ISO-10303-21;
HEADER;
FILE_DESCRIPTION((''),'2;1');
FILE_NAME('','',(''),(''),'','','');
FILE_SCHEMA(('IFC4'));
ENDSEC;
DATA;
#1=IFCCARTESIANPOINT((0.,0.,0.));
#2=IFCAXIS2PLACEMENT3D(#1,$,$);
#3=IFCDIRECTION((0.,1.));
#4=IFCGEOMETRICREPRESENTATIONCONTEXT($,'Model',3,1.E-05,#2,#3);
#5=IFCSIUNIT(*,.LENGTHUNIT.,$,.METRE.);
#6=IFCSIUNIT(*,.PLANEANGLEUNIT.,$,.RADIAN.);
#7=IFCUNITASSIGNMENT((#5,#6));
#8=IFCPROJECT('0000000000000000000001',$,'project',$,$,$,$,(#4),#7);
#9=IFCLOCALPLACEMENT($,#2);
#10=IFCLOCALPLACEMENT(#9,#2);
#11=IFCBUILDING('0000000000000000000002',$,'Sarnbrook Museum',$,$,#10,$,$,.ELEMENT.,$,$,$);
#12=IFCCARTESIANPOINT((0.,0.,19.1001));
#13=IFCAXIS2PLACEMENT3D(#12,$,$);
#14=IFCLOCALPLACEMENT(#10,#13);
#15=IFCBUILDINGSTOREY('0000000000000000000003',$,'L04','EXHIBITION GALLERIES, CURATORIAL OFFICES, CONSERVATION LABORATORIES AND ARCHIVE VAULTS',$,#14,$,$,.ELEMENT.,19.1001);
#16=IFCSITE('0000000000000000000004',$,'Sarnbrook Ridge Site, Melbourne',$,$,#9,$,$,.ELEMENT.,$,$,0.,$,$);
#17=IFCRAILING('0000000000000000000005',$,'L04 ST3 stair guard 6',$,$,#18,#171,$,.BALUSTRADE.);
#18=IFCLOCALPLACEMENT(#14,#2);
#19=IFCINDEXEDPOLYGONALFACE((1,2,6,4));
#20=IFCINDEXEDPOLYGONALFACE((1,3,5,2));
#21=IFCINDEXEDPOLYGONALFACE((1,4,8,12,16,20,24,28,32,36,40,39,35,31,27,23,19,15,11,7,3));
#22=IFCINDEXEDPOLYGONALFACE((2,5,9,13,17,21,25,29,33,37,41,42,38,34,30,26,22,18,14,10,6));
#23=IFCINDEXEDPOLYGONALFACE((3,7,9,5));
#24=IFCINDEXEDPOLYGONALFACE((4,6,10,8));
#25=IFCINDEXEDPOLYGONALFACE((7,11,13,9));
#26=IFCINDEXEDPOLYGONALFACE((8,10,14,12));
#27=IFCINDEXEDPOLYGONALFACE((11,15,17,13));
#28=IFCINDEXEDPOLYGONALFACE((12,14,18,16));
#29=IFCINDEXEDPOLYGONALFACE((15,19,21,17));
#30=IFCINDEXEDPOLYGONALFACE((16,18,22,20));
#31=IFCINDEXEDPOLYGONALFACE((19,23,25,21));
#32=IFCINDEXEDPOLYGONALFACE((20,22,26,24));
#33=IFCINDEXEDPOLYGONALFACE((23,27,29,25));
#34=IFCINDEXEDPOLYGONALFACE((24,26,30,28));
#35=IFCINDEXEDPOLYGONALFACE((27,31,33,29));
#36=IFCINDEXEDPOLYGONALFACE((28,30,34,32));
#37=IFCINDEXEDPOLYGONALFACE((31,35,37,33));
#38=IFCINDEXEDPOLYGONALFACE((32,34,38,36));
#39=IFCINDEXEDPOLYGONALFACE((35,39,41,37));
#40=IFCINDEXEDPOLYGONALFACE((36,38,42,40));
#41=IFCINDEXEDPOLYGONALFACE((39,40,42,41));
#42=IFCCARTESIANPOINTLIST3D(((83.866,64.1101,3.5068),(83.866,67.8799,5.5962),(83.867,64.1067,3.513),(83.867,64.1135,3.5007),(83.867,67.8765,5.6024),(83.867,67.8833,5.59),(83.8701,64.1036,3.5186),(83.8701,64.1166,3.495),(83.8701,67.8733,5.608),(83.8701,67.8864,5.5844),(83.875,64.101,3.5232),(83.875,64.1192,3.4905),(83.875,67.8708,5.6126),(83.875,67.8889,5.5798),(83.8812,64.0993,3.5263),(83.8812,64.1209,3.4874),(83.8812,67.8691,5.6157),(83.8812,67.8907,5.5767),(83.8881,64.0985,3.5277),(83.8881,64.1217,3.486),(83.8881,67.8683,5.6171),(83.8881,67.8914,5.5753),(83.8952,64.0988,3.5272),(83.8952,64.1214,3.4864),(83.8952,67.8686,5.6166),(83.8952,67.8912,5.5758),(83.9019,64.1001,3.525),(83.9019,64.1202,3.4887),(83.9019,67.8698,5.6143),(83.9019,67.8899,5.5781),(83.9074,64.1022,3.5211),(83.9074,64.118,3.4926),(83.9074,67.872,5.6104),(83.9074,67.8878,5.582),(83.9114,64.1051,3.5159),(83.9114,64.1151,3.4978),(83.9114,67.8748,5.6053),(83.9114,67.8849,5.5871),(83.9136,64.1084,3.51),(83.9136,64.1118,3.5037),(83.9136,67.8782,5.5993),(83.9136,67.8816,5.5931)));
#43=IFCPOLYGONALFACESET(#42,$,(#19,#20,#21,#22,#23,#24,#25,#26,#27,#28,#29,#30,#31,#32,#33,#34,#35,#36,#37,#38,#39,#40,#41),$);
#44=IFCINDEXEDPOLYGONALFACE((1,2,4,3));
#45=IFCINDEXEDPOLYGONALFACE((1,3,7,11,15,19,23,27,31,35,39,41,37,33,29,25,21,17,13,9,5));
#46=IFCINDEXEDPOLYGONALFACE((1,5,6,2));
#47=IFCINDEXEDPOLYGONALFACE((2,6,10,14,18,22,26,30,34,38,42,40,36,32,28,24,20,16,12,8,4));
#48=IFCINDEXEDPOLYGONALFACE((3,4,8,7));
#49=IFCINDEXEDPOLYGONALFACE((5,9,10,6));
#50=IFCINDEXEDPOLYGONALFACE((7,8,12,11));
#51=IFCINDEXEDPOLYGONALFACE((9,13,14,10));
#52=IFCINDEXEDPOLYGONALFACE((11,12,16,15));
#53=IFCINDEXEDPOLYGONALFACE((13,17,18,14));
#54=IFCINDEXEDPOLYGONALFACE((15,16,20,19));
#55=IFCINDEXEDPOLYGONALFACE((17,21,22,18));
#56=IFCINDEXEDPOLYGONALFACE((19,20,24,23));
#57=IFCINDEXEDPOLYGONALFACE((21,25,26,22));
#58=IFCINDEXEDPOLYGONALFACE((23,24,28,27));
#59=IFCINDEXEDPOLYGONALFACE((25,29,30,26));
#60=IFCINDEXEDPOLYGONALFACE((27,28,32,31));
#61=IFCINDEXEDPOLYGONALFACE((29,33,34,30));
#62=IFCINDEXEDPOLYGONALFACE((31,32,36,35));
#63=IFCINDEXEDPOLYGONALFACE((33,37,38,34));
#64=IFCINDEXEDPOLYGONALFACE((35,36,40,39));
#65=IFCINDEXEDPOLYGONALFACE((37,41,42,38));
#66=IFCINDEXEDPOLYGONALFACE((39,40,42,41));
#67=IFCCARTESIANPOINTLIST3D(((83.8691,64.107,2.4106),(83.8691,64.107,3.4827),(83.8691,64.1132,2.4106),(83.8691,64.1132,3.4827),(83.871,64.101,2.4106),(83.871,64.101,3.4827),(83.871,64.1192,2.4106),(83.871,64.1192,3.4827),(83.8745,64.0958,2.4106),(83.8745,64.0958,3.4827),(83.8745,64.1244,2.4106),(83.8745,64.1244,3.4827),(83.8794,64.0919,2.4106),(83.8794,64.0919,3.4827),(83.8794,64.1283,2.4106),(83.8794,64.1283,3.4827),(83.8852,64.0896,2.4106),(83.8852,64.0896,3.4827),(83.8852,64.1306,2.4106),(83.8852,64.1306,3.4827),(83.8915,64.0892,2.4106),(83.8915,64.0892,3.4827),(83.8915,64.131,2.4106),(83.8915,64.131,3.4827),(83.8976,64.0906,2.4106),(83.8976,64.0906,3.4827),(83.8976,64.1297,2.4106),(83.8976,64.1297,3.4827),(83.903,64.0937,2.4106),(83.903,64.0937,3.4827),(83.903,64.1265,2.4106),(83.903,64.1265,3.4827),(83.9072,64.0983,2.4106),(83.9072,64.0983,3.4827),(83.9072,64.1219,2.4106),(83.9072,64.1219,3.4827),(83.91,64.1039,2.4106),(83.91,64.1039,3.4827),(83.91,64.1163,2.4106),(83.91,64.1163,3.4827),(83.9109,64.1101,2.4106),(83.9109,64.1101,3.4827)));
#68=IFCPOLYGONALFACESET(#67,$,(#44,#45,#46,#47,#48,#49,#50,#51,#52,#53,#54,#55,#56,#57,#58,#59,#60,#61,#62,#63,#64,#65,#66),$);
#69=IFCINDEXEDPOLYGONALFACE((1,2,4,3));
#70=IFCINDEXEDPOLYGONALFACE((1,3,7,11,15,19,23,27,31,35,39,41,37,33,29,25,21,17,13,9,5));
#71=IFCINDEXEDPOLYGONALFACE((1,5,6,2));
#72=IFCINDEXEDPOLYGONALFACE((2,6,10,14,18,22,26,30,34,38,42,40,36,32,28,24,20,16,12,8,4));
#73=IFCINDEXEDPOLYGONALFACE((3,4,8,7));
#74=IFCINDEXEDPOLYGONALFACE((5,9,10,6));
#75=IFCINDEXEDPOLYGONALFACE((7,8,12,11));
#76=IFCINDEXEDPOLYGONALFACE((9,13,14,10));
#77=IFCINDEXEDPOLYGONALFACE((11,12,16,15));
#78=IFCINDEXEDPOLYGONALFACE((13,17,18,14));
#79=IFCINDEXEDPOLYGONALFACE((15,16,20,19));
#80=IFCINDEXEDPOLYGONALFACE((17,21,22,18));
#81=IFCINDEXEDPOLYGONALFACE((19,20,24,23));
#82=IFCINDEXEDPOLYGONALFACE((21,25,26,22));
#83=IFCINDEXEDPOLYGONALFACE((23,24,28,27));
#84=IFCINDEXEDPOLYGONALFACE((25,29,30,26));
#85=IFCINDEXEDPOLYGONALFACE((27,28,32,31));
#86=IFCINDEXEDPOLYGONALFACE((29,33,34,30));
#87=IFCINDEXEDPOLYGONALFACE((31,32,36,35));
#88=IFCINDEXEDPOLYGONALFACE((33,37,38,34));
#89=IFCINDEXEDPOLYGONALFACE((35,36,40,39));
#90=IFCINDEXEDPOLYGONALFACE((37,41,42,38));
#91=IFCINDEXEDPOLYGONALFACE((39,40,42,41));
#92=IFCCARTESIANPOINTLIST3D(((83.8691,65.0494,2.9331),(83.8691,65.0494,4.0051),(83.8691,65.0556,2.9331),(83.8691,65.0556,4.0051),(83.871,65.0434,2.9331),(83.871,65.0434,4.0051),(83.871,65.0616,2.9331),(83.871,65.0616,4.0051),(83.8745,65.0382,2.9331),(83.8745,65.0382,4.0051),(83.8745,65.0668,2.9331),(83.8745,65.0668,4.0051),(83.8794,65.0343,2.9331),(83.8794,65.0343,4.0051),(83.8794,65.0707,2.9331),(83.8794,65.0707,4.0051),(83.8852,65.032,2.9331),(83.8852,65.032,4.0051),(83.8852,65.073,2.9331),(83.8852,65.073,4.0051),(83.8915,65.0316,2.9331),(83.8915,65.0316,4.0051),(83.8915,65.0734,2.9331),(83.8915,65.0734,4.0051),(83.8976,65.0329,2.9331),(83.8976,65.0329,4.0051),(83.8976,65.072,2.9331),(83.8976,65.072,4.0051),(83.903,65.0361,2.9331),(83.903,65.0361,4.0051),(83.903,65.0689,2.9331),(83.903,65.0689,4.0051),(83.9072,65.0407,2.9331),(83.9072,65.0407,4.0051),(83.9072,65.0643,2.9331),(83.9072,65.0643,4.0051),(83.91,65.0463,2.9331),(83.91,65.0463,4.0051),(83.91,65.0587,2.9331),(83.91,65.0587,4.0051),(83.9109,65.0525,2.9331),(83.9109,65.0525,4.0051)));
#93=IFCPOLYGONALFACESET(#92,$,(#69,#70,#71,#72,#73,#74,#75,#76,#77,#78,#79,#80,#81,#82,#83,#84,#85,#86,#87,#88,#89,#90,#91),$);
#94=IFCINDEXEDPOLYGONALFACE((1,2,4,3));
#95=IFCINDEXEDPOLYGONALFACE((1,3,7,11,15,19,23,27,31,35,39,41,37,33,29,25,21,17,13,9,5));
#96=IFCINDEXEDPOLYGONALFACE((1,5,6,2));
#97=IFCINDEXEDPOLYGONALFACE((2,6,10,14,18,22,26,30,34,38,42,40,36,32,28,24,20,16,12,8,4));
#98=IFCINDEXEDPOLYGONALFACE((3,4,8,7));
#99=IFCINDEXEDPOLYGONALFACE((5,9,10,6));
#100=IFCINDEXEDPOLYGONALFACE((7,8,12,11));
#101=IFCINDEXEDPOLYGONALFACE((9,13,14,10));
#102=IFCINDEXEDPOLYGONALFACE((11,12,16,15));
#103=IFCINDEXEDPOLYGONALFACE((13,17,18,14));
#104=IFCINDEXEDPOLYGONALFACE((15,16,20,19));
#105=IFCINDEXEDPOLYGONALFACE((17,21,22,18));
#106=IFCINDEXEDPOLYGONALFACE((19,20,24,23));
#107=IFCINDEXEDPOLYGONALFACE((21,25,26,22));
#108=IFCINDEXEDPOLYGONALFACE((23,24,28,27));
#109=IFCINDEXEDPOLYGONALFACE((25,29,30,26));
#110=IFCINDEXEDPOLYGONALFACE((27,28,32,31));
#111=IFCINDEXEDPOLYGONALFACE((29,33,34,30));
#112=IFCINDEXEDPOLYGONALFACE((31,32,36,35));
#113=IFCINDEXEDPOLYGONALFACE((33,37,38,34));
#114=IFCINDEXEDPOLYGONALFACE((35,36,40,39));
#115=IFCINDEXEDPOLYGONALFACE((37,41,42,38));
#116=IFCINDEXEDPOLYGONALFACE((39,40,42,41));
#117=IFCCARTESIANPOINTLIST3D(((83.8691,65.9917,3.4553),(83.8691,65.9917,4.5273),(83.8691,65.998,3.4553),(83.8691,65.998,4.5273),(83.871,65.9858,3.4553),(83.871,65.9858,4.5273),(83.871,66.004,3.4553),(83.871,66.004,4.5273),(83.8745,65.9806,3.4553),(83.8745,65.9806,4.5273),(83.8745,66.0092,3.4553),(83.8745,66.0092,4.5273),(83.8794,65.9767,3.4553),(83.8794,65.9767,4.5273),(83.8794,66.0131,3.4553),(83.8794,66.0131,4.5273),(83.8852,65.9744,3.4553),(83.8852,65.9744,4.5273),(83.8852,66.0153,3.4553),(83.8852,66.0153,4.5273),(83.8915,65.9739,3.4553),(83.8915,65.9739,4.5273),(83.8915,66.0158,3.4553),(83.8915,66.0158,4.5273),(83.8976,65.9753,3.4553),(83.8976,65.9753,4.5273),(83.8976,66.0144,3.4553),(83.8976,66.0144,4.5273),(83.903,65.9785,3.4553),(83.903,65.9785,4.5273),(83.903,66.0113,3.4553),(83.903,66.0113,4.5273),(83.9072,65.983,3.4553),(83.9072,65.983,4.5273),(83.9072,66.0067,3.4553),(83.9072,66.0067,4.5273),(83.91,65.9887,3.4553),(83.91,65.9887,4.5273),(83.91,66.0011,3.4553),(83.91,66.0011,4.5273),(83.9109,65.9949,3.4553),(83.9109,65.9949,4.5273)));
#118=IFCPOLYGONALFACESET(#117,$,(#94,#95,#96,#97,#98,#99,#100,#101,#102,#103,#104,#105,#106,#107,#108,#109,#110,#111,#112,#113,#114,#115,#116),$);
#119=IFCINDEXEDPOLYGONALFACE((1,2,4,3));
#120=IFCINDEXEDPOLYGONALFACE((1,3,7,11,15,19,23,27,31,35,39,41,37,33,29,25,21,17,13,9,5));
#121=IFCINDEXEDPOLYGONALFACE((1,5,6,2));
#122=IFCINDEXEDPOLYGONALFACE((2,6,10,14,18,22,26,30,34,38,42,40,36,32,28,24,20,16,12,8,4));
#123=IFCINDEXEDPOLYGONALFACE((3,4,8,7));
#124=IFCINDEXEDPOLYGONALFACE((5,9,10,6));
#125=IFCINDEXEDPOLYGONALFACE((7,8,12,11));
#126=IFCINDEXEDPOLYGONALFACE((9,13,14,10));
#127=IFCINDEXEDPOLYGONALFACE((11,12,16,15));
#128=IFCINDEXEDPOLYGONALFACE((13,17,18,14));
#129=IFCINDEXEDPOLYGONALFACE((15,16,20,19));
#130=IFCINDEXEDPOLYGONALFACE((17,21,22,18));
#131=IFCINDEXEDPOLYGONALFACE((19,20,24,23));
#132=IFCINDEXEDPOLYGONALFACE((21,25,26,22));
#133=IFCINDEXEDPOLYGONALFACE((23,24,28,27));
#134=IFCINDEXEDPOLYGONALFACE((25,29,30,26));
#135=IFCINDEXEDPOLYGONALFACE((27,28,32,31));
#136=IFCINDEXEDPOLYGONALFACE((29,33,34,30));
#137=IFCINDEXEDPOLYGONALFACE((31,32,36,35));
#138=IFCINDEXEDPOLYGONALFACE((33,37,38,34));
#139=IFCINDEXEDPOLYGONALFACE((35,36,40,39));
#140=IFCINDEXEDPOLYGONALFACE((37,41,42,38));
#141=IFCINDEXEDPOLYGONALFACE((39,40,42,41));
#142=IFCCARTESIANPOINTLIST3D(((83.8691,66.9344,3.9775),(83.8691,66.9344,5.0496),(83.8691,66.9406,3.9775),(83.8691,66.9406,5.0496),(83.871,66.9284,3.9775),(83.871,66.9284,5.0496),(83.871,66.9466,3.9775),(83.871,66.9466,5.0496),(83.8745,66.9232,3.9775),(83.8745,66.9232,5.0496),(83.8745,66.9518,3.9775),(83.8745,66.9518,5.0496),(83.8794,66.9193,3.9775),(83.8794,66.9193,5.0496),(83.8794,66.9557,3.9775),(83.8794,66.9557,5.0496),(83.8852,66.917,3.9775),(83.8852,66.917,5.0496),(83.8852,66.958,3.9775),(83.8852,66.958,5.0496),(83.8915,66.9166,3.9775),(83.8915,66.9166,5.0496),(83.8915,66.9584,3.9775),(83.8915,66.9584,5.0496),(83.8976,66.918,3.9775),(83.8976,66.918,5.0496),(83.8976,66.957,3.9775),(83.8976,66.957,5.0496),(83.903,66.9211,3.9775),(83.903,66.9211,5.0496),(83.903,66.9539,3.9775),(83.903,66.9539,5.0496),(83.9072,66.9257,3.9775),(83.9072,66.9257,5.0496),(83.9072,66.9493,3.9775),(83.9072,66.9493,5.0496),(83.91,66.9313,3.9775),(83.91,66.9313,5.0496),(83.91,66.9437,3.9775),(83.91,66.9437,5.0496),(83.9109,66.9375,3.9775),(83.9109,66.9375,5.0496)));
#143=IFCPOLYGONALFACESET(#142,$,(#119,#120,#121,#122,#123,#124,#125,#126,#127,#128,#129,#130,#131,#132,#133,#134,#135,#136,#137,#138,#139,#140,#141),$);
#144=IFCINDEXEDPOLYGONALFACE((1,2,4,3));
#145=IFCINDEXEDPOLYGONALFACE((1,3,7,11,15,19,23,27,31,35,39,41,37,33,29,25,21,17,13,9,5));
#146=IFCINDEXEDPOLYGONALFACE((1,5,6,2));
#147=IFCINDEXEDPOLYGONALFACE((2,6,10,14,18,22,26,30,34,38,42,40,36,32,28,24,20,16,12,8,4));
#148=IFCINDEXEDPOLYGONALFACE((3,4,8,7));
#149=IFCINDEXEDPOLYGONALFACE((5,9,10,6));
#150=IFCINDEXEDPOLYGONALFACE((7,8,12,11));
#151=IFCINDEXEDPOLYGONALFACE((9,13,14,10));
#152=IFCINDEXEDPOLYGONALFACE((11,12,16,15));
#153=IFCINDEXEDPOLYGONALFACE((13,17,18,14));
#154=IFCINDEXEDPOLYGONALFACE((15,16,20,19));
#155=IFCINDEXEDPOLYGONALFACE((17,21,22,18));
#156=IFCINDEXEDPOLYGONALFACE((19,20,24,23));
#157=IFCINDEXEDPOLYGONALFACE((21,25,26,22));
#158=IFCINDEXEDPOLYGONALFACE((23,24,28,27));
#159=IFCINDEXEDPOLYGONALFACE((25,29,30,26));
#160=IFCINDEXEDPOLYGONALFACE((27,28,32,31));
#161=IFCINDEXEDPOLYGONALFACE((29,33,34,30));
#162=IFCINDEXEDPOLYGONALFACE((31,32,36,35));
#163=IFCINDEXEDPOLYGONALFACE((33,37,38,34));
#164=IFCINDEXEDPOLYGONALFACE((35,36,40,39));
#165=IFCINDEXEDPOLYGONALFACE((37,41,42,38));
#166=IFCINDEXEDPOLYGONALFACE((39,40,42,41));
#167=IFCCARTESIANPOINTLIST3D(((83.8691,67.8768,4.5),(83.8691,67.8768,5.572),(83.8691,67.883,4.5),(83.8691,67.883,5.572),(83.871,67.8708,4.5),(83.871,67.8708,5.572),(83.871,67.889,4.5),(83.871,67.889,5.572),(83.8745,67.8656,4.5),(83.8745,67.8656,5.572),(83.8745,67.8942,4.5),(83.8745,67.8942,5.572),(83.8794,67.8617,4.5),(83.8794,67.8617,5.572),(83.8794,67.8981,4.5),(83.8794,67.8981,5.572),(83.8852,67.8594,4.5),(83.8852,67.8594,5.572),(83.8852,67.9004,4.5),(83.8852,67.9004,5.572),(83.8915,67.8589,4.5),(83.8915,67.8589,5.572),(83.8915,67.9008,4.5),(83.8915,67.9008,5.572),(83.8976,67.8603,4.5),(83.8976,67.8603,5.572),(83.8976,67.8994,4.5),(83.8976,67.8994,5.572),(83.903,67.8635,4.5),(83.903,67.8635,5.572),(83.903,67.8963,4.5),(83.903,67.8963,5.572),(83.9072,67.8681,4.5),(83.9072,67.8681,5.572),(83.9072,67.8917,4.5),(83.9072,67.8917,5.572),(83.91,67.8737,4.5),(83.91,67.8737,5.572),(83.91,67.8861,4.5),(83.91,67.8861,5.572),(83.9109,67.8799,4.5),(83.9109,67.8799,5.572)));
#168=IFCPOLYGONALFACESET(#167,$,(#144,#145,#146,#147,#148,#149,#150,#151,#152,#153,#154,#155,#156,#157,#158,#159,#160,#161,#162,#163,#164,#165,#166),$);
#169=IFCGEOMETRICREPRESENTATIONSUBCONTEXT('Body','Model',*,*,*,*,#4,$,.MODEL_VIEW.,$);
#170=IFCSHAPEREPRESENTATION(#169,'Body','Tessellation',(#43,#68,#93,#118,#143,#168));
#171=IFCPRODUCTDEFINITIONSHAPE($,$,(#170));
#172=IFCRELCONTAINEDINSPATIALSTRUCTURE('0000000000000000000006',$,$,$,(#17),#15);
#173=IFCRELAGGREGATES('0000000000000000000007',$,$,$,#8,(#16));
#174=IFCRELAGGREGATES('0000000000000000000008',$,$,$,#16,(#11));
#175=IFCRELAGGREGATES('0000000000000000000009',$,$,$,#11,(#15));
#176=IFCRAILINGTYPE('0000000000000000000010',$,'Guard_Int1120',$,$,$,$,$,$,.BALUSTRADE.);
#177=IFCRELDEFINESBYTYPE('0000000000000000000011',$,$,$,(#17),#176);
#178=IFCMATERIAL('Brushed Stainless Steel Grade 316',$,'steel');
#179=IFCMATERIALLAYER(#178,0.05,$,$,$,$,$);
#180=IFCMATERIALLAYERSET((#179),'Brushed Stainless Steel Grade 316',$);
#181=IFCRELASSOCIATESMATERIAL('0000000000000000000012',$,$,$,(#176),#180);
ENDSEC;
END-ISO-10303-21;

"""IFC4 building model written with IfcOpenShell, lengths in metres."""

from ifc_helpers import new_model, si_unit, direction, frame, origin, origin_2d, place, context, subcontext, project, spatial, circle, extrude, material, layer, layer_set, type_object, element, save


model = new_model("IFC4")

# Units and contexts
model_context = context("Model", 3, precision=1e-05, world=origin(), true_north=direction((0.0, 1.0)))
body_context = subcontext(model_context, "Body", "Model", "MODEL_VIEW")
ifc_project = project(units=[si_unit("LENGTHUNIT", "METRE"), si_unit("PLANEANGLEUNIT", "RADIAN")], contexts=[model_context])

# Site, building, storey
site_placement = place(None, origin())
site = spatial("IfcSite", under=ifc_project, at=site_placement, Name="Sarnbrook Ridge Site, Melbourne", CompositionType="ELEMENT", RefElevation=0.0)
building_placement = place(site_placement, origin())
building = spatial("IfcBuilding", under=site, at=building_placement, Name="Sarnbrook Museum", CompositionType="ELEMENT")
storey_placement = place(building_placement, frame((0.0, 0.0, 19.1001)))
storey = spatial("IfcBuildingStorey", under=building, at=storey_placement, Name="L04", Description="EXHIBITION GALLERIES, CURATORIAL OFFICES, CONSERVATION LABORATORIES AND ARCHIVE VAULTS", CompositionType="ELEMENT", Elevation=19.1001)

# Shared definitions
ifc_material_1 = material(Name="Brushed Stainless Steel Grade 316", Category="steel")

# Railing
ifc_layer_1 = layer(ifc_material_1, 0.05)
ifc_layer_set_1 = layer_set([ifc_layer_1], Name="Brushed Stainless Steel Grade 316")
railing_type_1 = type_object("IfcRailingType", Name="Guard_Int1120", PredefinedType="BALUSTRADE", material=ifc_layer_set_1)
railing_1_placement = place(storey_placement, frame((83.8899, 64.1101, 2.4106)))
element("IfcRailing", 1, at=railing_1_placement, inside=storey, type_object=railing_type_1, Name="L04 ST3 stair guard 6", PredefinedType="BALUSTRADE", context=body_context, shape_type="SweptSolid", body=[
    extrude(circle(Radius=0.0239, at=origin_2d()), frame((0.0, 0.0, 1.0962), z_axis=(0.0, 0.874646, 0.484763), x_axis=(-1.0, 0.0, 0.0)), (0.0, 0.0, 1.0), 4.3101),
    extrude(circle(Radius=0.021, at=origin_2d()), origin(), (0.0, 0.0, 1.0), 1.072),
    extrude(circle(Radius=0.021, at=origin_2d()), frame((0.0, 0.9424, 0.5225)), (0.0, 0.0, 1.0), 1.072),
    extrude(circle(Radius=0.021, at=origin_2d()), frame((0.0, 1.8848, 1.0447)), (0.0, 0.0, 1.0), 1.072),
    extrude(circle(Radius=0.021, at=origin_2d()), frame((0.0, 2.8274, 1.5669)), (0.0, 0.0, 1.0), 1.072),
    extrude(circle(Radius=0.021, at=origin_2d()), frame((0.0, 3.7698, 2.0894)), (0.0, 0.0, 1.0), 1.072),
])

save(model, "model.ifc")
